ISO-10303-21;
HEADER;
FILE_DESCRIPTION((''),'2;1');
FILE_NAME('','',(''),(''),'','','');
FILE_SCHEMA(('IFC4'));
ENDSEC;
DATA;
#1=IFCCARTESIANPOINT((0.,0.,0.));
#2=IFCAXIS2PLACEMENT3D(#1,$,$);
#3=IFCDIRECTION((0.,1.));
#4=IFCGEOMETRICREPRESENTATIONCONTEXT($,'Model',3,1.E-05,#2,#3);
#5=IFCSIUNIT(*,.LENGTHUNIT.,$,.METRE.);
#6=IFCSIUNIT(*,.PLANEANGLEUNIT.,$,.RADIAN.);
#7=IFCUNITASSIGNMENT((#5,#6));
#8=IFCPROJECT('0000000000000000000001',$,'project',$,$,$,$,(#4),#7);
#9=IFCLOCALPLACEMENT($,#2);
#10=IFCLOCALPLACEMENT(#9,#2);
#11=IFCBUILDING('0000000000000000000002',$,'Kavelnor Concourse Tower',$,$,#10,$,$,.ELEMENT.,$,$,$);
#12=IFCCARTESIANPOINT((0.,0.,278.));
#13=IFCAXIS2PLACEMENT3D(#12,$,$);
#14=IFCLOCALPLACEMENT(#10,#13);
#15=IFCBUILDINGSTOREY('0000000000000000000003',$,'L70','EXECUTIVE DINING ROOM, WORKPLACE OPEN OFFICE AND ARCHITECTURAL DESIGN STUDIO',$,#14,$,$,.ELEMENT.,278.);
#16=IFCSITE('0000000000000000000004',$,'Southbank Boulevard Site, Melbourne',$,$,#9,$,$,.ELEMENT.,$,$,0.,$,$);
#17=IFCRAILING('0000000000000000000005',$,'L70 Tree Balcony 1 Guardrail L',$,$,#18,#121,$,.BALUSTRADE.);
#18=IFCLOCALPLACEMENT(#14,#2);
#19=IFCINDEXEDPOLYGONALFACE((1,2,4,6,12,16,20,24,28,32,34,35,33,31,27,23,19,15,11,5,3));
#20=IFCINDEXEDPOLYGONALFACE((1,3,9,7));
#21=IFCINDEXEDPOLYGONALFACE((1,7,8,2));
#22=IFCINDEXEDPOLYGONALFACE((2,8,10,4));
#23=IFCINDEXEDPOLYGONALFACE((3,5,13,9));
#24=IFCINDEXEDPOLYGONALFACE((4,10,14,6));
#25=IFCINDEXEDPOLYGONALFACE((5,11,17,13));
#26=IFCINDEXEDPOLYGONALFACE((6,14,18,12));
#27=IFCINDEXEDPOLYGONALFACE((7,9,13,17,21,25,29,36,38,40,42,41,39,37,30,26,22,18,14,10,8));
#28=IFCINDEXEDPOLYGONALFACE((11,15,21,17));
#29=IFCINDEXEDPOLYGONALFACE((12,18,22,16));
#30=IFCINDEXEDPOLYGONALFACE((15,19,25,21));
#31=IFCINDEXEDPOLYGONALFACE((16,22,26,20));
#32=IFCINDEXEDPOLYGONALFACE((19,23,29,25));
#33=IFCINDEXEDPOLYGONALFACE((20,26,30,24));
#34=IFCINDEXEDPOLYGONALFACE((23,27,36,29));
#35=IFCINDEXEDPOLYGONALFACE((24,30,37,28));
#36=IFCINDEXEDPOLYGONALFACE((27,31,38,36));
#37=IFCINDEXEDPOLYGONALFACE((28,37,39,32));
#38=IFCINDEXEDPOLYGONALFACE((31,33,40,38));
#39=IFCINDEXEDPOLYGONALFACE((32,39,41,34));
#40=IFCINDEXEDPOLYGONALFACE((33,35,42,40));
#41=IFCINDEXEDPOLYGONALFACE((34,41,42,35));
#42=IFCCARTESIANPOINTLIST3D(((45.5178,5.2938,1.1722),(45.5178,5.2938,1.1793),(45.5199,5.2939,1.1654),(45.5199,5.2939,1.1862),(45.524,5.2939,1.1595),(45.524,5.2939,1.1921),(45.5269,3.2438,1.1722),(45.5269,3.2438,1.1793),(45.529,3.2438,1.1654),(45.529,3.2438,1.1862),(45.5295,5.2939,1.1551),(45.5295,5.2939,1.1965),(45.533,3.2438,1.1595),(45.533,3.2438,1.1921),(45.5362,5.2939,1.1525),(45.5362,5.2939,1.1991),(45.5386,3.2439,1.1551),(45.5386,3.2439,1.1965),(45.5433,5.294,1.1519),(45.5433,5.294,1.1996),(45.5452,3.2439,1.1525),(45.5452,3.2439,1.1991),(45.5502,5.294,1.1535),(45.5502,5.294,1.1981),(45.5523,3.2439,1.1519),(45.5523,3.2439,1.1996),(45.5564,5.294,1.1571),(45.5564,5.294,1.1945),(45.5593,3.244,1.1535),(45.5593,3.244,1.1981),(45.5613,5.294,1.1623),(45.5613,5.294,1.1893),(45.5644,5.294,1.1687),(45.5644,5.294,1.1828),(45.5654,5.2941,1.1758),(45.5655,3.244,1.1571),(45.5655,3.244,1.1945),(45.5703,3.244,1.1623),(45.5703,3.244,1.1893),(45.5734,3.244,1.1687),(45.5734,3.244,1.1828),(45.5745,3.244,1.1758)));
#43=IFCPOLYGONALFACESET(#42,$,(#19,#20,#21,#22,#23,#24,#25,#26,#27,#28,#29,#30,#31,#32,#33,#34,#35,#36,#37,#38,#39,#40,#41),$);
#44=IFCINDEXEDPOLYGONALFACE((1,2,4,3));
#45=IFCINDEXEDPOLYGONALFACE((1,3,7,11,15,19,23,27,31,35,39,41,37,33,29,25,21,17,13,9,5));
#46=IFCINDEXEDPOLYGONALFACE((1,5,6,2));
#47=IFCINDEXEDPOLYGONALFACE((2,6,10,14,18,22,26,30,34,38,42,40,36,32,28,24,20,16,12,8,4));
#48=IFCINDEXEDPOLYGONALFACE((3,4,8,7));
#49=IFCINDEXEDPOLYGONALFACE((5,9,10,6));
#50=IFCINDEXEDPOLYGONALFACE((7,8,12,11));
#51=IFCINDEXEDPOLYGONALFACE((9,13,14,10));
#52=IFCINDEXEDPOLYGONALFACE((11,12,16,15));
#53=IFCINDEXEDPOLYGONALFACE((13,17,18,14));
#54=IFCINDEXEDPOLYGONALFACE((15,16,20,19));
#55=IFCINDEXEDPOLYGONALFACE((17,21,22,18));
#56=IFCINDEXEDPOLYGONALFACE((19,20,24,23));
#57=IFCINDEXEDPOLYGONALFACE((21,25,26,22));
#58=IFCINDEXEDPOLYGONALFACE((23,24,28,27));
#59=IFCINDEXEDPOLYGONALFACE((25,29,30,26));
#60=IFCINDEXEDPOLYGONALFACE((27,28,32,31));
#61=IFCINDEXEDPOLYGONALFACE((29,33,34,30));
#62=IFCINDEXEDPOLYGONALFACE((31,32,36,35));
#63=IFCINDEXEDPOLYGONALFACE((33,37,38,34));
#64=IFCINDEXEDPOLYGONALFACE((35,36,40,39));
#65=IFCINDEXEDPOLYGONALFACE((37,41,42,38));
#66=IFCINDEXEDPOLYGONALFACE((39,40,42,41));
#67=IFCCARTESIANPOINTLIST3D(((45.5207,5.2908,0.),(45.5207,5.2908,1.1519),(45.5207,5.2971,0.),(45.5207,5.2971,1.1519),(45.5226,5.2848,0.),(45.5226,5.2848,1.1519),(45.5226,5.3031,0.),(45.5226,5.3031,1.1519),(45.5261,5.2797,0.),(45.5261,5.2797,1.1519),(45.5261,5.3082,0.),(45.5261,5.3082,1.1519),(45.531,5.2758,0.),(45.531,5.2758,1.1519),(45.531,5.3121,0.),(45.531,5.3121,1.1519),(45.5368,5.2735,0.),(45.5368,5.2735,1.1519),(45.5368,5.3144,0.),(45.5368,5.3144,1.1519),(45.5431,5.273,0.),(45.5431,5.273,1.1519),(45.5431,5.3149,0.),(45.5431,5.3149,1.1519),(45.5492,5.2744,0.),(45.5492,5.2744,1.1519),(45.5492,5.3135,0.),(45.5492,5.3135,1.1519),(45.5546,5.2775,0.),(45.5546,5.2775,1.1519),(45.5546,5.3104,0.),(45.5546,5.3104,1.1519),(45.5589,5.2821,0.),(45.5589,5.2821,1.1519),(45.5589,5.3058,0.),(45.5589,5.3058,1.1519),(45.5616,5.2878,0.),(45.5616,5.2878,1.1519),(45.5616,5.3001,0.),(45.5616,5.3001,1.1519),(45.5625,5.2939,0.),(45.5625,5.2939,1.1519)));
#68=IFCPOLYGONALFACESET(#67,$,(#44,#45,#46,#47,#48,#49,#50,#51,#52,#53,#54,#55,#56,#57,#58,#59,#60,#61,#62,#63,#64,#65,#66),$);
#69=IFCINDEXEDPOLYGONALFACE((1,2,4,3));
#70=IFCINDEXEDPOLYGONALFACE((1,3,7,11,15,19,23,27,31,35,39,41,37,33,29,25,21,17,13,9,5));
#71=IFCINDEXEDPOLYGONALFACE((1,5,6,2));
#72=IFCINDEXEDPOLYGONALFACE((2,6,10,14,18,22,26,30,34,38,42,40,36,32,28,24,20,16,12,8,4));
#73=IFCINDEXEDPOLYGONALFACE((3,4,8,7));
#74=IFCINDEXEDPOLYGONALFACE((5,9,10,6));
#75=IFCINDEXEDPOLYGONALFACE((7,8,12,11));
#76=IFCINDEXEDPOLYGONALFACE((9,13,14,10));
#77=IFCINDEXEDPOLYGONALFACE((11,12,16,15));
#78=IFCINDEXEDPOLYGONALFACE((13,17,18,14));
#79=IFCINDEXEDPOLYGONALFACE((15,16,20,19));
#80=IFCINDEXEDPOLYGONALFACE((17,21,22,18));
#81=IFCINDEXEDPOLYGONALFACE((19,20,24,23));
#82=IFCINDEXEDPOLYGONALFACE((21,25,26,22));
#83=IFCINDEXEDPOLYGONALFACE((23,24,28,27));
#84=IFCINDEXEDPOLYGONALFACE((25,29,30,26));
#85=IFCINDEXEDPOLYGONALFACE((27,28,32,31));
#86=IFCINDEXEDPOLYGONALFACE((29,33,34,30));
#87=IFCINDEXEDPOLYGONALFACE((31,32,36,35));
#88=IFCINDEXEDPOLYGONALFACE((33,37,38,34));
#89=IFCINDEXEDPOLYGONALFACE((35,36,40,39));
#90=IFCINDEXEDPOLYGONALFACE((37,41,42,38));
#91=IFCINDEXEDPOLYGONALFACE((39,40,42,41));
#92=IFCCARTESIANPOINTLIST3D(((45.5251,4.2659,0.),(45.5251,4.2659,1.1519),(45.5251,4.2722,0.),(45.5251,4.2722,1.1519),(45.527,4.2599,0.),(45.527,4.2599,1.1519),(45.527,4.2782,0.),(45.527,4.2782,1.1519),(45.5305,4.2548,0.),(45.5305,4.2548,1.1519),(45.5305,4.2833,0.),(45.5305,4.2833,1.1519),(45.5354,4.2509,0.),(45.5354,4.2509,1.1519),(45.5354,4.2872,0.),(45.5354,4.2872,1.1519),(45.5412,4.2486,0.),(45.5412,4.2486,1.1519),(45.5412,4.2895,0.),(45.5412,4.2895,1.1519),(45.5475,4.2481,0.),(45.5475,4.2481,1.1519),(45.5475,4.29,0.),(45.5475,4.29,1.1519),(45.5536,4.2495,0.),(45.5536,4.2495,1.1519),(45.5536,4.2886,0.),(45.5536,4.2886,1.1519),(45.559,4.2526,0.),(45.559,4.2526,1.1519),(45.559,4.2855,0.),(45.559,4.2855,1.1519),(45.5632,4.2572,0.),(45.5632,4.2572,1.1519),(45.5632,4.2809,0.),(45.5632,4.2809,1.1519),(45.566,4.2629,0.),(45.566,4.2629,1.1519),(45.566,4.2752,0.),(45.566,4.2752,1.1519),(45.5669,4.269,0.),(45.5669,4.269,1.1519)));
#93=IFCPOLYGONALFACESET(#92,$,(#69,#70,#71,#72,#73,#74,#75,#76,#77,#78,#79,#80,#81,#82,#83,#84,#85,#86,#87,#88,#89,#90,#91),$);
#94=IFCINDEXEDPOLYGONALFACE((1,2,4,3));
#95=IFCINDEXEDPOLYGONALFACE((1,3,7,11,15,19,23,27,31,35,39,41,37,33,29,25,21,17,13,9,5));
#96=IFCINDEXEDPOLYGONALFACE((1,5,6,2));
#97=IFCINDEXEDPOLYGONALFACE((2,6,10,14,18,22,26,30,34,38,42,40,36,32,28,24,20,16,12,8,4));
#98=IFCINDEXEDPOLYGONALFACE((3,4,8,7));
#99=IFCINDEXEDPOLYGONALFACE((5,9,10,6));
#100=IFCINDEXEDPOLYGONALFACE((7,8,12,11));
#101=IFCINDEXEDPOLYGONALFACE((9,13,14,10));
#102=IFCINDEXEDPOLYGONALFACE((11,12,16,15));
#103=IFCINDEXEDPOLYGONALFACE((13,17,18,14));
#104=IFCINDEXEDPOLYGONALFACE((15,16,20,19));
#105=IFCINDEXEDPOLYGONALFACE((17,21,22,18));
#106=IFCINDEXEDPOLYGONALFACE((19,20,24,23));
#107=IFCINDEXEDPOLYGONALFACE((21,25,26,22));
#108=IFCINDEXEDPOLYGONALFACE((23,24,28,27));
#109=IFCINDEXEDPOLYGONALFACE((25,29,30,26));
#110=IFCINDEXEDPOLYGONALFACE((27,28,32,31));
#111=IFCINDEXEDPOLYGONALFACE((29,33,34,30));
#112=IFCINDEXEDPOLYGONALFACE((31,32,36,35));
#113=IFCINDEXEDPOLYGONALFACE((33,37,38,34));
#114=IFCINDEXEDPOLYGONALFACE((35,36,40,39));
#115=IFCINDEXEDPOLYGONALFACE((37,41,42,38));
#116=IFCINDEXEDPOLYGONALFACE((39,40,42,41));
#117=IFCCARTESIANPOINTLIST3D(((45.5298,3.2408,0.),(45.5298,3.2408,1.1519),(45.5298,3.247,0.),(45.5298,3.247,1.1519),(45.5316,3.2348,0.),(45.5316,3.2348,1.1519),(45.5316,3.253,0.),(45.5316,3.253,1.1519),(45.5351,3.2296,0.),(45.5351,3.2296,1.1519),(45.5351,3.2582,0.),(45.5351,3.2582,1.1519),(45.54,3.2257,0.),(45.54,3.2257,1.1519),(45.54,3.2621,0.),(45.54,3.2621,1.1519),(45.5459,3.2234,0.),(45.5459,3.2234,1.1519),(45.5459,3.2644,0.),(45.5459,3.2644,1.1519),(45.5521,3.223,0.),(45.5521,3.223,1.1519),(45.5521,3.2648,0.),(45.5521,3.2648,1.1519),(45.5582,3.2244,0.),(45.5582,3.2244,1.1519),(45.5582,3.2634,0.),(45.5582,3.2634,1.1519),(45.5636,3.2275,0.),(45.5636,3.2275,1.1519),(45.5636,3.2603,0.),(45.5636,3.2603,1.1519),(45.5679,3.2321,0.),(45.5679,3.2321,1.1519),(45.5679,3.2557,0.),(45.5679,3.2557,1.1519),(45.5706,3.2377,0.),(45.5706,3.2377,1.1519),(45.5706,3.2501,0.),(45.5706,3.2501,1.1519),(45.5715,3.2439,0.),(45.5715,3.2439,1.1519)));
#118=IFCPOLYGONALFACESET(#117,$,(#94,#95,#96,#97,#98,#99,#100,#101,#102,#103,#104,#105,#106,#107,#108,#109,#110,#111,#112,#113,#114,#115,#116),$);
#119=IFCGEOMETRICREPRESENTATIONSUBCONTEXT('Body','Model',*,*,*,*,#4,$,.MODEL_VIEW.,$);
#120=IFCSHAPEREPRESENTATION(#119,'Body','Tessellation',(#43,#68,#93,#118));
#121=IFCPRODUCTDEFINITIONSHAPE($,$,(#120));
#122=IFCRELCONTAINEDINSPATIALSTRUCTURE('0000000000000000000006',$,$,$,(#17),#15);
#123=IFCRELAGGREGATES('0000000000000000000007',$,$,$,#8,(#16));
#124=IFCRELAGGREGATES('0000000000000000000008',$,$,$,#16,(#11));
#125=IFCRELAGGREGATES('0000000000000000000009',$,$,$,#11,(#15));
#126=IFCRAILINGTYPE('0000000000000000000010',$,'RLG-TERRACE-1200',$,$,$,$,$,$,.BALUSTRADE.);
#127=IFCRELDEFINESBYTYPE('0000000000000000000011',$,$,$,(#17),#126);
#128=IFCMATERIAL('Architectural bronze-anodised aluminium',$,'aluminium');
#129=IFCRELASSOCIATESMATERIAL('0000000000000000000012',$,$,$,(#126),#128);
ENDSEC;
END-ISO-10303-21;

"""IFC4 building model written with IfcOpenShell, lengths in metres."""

from ifc_helpers import new_model, si_unit, direction, frame, origin, origin_2d, place, context, subcontext, project, spatial, circle, extrude, material, type_object, element, save


model = new_model("IFC4")

# Units and contexts
model_context = context("Model", 3, precision=1e-05, world=origin(), true_north=direction((0.0, 1.0)))
body_context = subcontext(model_context, "Body", "Model", "MODEL_VIEW")
ifc_project = project(units=[si_unit("LENGTHUNIT", "METRE"), si_unit("PLANEANGLEUNIT", "RADIAN")], contexts=[model_context])

# Site, building, storey
site_placement = place(None, origin())
site = spatial("IfcSite", under=ifc_project, at=site_placement, Name="Southbank Boulevard Site, Melbourne", CompositionType="ELEMENT", RefElevation=0.0)
building_placement = place(site_placement, origin())
building = spatial("IfcBuilding", under=site, at=building_placement, Name="Kavelnor Concourse Tower", CompositionType="ELEMENT")
storey_placement = place(building_placement, frame((0.0, 0.0, 278.0)))
storey = spatial("IfcBuildingStorey", under=building, at=storey_placement, Name="L70", Description="EXECUTIVE DINING ROOM, WORKPLACE OPEN OFFICE AND ARCHITECTURAL DESIGN STUDIO", CompositionType="ELEMENT", Elevation=278.0)

# Railing
ifc_material_1 = material(Name="Architectural bronze-anodised aluminium", Category="aluminium")
railing_type_1 = type_object("IfcRailingType", Name="RLG-TERRACE-1200", PredefinedType="BALUSTRADE", material=ifc_material_1)
railing_1_placement = place(storey_placement, frame((45.5415, 5.2939, 0.0)))
element("IfcRailing", 1, at=railing_1_placement, inside=storey, type_object=railing_type_1, Name="L70 Tree Balcony 1 Guardrail L", PredefinedType="BALUSTRADE", context=body_context, shape_type="SweptSolid", body=[
    extrude(circle(Radius=0.0239, at=origin_2d()), frame((0.0, 0.0, 1.1758), z_axis=(0.004406, -0.99999, 0.0), x_axis=(0.99999, 0.004406, 0.0)), (0.0, 0.0, 1.0), 2.05),
    extrude(circle(Radius=0.021, at=origin_2d()), origin(), (0.0, 0.0, 1.0), 1.1519),
    extrude(circle(Radius=0.021, at=origin_2d()), frame((0.0044, -1.0249, 0.0)), (0.0, 0.0, 1.0), 1.1519),
    extrude(circle(Radius=0.021, at=origin_2d()), frame((0.009, -2.05, 0.0)), (0.0, 0.0, 1.0), 1.1519),
])

save(model, "model.ifc")
